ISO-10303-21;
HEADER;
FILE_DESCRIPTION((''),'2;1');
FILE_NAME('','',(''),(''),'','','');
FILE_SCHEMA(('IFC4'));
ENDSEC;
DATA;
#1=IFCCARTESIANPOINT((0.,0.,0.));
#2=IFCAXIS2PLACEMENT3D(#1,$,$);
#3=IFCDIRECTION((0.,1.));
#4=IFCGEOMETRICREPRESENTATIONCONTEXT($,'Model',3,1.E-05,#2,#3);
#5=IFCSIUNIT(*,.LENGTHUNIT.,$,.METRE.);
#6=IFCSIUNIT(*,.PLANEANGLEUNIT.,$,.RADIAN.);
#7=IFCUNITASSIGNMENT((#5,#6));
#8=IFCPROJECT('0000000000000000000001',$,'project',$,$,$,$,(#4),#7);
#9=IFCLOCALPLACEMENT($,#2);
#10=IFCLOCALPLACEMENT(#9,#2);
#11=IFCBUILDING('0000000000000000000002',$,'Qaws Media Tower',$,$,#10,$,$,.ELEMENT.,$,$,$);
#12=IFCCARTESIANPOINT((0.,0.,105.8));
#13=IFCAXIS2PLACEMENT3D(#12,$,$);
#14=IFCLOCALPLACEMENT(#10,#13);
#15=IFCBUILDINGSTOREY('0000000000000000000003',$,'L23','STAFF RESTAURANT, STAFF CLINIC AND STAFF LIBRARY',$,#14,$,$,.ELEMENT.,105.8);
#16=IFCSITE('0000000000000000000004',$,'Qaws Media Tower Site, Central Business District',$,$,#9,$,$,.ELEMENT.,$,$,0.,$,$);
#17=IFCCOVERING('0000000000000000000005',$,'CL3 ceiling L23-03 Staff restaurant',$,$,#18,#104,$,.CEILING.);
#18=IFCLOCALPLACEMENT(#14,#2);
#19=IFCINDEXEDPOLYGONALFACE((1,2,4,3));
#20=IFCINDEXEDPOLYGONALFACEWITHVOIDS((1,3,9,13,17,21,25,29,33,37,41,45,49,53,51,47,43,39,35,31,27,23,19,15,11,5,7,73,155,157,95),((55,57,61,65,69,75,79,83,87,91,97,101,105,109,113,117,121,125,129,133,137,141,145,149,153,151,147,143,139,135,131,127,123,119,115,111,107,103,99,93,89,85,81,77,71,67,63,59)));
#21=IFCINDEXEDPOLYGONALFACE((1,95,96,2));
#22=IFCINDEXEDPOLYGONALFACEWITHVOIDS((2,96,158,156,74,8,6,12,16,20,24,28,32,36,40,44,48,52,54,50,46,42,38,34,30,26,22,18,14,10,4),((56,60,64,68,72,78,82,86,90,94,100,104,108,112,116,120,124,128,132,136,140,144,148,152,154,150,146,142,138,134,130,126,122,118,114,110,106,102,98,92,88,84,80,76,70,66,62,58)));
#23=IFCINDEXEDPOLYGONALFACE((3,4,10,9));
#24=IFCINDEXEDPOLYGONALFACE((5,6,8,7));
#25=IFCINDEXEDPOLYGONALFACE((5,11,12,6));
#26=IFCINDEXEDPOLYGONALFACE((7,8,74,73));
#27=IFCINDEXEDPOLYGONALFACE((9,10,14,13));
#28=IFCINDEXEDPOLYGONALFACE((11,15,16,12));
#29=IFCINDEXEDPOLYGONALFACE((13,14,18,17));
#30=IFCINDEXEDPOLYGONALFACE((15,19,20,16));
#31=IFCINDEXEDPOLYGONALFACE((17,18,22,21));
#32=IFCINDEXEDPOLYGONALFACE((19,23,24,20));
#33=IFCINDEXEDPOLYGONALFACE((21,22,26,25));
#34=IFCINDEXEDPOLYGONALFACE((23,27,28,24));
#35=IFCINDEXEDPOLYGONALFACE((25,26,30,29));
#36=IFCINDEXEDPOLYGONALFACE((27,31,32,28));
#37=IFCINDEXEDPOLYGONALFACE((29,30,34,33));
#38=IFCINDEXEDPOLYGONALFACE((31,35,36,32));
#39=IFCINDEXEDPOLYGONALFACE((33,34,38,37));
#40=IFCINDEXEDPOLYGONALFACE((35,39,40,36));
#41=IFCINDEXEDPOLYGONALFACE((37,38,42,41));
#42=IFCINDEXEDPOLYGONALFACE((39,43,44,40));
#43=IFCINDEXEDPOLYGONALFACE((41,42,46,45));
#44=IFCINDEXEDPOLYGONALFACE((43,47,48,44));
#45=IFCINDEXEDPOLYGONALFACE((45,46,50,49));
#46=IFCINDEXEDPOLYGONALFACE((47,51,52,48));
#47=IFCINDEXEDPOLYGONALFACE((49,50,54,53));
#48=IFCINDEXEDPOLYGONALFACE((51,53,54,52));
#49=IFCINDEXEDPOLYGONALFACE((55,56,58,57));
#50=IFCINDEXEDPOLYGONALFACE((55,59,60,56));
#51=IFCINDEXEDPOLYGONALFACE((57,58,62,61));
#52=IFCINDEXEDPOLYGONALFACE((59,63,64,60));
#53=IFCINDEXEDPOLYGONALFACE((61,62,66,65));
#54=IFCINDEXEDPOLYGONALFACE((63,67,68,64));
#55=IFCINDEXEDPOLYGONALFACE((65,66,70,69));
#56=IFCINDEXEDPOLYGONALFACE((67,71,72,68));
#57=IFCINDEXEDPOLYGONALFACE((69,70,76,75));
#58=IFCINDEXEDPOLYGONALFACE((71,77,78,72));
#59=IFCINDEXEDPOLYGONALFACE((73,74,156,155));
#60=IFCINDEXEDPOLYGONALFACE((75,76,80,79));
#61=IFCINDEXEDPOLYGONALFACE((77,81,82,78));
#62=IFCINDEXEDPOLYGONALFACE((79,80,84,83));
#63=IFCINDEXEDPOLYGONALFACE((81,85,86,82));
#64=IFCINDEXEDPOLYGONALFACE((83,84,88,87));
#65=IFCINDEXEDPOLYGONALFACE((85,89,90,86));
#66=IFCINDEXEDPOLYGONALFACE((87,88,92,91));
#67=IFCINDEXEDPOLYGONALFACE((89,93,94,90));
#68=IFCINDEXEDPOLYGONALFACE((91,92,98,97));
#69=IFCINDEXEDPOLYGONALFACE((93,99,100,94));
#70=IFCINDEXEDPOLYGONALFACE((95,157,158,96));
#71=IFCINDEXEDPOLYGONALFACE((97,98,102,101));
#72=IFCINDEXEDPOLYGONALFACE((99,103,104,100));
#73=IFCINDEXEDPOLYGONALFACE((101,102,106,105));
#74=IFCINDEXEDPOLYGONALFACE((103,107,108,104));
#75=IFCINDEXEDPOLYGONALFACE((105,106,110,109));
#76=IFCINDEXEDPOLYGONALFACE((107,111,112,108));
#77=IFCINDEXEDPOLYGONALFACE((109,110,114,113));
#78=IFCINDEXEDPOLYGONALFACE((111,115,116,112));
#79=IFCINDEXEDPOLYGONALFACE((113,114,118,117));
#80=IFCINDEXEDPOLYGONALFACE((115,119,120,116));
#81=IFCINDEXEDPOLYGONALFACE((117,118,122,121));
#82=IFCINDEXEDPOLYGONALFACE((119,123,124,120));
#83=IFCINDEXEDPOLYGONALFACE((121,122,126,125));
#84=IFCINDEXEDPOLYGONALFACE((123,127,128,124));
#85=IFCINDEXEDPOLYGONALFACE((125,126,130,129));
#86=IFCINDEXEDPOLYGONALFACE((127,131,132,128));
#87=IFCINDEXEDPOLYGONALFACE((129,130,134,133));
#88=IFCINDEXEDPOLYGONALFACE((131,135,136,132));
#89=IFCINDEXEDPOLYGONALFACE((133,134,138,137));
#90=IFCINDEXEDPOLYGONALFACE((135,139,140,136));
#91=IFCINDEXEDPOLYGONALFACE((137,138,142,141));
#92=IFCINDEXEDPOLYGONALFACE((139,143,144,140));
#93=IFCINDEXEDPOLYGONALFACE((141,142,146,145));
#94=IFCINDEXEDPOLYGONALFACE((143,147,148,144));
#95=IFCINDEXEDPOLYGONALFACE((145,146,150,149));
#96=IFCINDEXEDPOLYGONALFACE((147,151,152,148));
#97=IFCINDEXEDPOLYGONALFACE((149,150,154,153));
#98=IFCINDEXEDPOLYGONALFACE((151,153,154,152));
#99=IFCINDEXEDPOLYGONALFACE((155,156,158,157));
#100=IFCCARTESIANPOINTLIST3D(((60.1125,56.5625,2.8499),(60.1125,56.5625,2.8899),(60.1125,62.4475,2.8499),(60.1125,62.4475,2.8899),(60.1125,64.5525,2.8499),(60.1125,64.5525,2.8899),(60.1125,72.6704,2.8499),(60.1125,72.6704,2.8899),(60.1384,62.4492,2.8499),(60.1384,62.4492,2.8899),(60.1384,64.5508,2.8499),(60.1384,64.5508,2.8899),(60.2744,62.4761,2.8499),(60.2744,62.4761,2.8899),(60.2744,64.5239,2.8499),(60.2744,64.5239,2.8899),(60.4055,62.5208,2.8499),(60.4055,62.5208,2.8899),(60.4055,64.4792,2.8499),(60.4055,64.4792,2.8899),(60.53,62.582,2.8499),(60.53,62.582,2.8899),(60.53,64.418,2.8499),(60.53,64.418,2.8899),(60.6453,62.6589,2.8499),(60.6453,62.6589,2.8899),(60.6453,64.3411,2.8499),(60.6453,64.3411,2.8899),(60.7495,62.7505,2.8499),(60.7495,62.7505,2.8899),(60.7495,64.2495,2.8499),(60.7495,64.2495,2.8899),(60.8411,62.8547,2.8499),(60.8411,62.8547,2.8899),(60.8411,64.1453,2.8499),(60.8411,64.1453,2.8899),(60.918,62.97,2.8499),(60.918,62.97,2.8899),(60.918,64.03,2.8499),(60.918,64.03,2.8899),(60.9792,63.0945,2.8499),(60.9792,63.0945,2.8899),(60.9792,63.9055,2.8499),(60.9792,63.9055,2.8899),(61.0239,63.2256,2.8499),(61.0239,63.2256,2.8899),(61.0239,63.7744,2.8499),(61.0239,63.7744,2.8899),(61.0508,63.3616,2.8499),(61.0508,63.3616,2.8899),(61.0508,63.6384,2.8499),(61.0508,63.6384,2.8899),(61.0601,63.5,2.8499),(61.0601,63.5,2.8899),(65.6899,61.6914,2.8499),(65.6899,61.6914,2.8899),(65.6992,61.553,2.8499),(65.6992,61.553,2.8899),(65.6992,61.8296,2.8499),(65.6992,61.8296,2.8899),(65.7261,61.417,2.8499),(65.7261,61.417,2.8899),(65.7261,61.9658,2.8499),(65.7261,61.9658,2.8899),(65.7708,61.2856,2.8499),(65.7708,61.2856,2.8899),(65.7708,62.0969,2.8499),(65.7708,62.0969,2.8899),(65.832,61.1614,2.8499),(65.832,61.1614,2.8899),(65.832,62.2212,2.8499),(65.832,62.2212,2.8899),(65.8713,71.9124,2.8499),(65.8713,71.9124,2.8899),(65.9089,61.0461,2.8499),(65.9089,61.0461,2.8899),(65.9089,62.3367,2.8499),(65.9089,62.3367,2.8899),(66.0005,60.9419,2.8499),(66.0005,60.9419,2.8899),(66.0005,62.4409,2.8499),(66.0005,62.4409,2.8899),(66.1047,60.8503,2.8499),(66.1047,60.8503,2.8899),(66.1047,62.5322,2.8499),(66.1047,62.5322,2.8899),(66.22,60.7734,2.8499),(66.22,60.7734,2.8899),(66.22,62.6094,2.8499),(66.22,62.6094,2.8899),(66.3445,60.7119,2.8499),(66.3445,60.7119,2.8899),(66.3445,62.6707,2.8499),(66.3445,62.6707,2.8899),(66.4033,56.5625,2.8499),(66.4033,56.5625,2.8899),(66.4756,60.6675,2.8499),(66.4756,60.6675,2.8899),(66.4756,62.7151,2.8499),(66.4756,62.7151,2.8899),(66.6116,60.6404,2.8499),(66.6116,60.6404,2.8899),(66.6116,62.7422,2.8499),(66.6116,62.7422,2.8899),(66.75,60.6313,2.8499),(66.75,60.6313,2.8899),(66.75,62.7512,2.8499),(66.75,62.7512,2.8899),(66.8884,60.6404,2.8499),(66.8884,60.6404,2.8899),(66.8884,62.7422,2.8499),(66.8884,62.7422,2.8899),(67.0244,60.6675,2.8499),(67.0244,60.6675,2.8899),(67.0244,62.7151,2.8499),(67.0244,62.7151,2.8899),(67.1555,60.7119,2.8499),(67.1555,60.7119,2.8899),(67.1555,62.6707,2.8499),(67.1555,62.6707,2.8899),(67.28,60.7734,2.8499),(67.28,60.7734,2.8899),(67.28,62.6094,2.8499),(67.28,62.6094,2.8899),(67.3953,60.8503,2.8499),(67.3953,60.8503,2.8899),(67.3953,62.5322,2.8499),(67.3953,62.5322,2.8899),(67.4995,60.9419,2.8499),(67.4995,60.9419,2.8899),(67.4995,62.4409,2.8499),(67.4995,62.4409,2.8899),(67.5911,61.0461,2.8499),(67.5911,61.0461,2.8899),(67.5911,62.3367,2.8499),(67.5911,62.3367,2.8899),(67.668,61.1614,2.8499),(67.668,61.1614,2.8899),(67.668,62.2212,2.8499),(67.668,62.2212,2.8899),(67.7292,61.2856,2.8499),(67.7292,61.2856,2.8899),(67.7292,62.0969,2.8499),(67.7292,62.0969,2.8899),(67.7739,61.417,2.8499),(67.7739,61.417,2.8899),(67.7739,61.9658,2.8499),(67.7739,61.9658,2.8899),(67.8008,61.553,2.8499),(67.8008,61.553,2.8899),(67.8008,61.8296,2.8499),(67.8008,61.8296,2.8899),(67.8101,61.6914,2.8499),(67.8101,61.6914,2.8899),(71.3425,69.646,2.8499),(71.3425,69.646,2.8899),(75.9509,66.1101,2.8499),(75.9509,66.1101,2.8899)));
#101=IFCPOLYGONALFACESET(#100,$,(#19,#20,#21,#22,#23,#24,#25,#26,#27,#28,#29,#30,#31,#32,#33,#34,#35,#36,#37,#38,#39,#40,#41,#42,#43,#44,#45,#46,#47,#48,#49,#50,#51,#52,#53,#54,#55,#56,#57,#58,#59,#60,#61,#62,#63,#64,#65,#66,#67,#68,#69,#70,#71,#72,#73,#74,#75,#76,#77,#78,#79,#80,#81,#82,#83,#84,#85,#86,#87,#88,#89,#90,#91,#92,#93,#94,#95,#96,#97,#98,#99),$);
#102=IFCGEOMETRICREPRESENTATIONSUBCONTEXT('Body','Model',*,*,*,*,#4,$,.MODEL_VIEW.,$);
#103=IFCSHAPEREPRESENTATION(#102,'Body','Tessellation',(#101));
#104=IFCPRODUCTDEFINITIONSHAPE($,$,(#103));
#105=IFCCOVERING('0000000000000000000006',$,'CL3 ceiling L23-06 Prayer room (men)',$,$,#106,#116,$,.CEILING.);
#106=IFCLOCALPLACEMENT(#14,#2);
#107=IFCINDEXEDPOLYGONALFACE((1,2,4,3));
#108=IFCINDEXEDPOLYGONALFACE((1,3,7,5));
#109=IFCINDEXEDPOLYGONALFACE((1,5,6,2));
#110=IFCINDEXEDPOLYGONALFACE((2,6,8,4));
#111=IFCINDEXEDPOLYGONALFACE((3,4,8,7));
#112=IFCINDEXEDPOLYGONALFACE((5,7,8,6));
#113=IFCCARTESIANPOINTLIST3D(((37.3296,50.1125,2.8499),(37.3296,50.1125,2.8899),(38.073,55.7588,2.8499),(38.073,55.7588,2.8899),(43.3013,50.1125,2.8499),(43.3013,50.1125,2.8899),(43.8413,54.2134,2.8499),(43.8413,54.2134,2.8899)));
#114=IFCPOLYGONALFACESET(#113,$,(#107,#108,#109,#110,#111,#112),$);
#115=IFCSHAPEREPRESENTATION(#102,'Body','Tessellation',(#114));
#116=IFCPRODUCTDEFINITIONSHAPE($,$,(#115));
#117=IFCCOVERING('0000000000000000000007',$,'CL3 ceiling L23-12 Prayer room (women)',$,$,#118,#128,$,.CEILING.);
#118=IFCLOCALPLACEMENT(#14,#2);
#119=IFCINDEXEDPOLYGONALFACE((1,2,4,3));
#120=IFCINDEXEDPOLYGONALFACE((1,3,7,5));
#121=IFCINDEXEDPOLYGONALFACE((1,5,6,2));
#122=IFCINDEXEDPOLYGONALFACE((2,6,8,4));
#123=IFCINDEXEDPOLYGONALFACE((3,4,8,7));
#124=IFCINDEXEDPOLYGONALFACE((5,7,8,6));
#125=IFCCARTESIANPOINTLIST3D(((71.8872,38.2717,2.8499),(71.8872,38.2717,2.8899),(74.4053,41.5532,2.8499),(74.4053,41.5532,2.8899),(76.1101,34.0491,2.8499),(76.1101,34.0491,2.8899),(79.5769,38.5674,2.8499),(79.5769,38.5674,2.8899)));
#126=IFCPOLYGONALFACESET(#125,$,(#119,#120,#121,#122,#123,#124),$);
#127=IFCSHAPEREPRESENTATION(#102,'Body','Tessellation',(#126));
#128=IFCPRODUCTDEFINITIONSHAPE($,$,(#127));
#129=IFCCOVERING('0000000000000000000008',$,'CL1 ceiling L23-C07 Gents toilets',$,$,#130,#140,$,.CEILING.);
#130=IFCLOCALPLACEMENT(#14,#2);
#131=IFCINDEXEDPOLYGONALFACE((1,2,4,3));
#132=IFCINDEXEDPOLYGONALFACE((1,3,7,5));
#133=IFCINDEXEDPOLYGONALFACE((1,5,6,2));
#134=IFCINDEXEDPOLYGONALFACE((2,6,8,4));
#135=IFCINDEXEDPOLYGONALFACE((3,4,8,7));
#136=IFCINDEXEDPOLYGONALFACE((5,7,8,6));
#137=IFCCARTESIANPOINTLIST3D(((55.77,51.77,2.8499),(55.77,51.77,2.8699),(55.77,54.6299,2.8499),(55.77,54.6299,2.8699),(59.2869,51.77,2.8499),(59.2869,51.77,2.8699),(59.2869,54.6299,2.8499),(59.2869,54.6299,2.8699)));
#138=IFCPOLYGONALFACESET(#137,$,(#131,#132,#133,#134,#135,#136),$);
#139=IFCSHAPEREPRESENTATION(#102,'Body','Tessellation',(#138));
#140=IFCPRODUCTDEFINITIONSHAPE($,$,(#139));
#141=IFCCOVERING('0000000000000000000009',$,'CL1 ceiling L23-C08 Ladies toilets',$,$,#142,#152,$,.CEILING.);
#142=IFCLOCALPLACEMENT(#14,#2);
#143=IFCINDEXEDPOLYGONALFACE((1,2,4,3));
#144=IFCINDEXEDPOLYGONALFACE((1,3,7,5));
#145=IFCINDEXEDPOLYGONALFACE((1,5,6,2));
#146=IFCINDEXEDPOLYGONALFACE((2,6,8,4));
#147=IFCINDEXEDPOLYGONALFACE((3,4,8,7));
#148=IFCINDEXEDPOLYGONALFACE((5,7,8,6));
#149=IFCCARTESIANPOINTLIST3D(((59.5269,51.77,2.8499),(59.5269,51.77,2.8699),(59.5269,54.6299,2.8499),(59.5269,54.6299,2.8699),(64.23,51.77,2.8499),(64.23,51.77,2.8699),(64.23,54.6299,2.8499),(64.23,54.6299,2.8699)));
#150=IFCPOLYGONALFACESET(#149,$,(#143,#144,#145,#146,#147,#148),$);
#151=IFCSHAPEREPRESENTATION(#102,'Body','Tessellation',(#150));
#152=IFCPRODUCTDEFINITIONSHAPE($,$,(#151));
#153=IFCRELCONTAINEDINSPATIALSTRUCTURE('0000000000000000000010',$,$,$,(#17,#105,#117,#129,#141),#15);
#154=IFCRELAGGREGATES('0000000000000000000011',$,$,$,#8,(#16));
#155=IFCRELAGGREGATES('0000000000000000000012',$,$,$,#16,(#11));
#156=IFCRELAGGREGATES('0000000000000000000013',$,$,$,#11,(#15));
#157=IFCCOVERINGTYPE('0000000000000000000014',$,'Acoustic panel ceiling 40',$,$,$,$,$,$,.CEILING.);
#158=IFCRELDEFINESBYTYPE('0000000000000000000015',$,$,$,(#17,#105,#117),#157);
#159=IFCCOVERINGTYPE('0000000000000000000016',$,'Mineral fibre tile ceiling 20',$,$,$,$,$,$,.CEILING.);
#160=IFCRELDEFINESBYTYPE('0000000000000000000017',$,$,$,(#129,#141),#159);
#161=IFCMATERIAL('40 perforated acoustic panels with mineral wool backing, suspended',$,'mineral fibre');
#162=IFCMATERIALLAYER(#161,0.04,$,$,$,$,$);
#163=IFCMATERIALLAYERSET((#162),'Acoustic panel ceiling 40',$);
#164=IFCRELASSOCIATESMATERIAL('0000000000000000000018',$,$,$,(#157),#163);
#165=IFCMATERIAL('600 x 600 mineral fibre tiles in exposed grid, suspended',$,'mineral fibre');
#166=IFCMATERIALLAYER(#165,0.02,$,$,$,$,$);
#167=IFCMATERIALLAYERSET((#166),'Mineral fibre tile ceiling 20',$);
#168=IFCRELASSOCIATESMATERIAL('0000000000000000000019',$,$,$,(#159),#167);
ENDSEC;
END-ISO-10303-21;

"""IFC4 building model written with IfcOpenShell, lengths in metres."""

from ifc_helpers import new_model, si_unit, direction, frame, origin, place, context, subcontext, project, spatial, polyline, outline, extrude, material, layer, layer_set, type_object, element, save


model = new_model("IFC4")

# Units and contexts
model_context = context("Model", 3, precision=1e-05, world=origin(), true_north=direction((0.0, 1.0)))
body_context = subcontext(model_context, "Body", "Model", "MODEL_VIEW")
ifc_project = project(units=[si_unit("LENGTHUNIT", "METRE"), si_unit("PLANEANGLEUNIT", "RADIAN")], contexts=[model_context])

# Site, building, storey
site_placement = place(None, origin())
site = spatial("IfcSite", under=ifc_project, at=site_placement, Name="Qaws Media Tower Site, Central Business District", CompositionType="ELEMENT", RefElevation=0.0)
building_placement = place(site_placement, origin())
building = spatial("IfcBuilding", under=site, at=building_placement, Name="Qaws Media Tower", CompositionType="ELEMENT")
storey_placement = place(building_placement, frame((0.0, 0.0, 105.8)))
storey = spatial("IfcBuildingStorey", under=building, at=storey_placement, Name="L23", Description="STAFF RESTAURANT, STAFF CLINIC AND STAFF LIBRARY", CompositionType="ELEMENT", Elevation=105.8)

# Coverings
ifc_material_1 = material(Name="40 perforated acoustic panels with mineral wool backing, suspended", Category="mineral fibre")
ifc_layer_1 = layer(ifc_material_1, 0.04)
ifc_layer_set_1 = layer_set([ifc_layer_1], Name="Acoustic panel ceiling 40")
covering_type_1 = type_object("IfcCoveringType", Name="Acoustic panel ceiling 40", PredefinedType="CEILING", material=ifc_layer_set_1)
covering_1_placement = place(storey_placement, frame((0.0, 0.0, 2.8499)))
element("IfcCovering", 1, at=covering_1_placement, inside=storey, type_object=covering_type_1, Name="CL3 ceiling L23-03 Staff restaurant", PredefinedType="CEILING", context=body_context, shape_type="SweptSolid", body=[
    extrude(outline(polyline([(65.8713, 71.9124), (71.3425, 69.646), (75.9509, 66.1101), (66.4033, 56.5625), (60.1125, 56.5625), (60.1125, 62.4475), (60.1384, 62.4492), (60.2744, 62.4761), (60.4055, 62.5208), (60.53, 62.582), (60.6453, 62.6589), (60.7495, 62.7505), (60.8411, 62.8547), (60.918, 62.97), (60.9792, 63.0945), (61.0239, 63.2256), (61.0508, 63.3616), (61.0601, 63.5), (61.0508, 63.6384), (61.0239, 63.7744), (60.9792, 63.9055), (60.918, 64.03), (60.8411, 64.1453), (60.7495, 64.2495), (60.6453, 64.3411), (60.53, 64.418), (60.4055, 64.4792), (60.2744, 64.5239), (60.1384, 64.5508), (60.1125, 64.5525), (60.1125, 72.6704), (65.8713, 71.9124)]), holes=[polyline([(67.7292, 61.2856), (67.7739, 61.417), (67.8008, 61.553), (67.8101, 61.6914), (67.8008, 61.8296), (67.7739, 61.9658), (67.7292, 62.0969), (67.668, 62.2212), (67.5911, 62.3367), (67.4995, 62.4409), (67.3953, 62.5322), (67.28, 62.6094), (67.1555, 62.6707), (67.0244, 62.7151), (66.8884, 62.7422), (66.75, 62.7512), (66.6116, 62.7422), (66.4756, 62.7151), (66.3445, 62.6707), (66.22, 62.6094), (66.1047, 62.5322), (66.0005, 62.4409), (65.9089, 62.3367), (65.832, 62.2212), (65.7708, 62.0969), (65.7261, 61.9658), (65.6992, 61.8296), (65.6899, 61.6914), (65.6992, 61.553), (65.7261, 61.417), (65.7708, 61.2856), (65.832, 61.1614), (65.9089, 61.0461), (66.0005, 60.9419), (66.1047, 60.8503), (66.22, 60.7734), (66.3445, 60.7119), (66.4756, 60.6675), (66.6116, 60.6404), (66.75, 60.6313), (66.8884, 60.6404), (67.0244, 60.6675), (67.1555, 60.7119), (67.28, 60.7734), (67.3953, 60.8503), (67.4995, 60.9419), (67.5911, 61.0461), (67.668, 61.1614), (67.7292, 61.2856)])]), origin(), (0.0, 0.0, 1.0), 0.04),
])
covering_2_placement = place(storey_placement, frame((0.0, 0.0, 2.8499)))
element("IfcCovering", 2, at=covering_2_placement, inside=storey, type_object=covering_type_1, Name="CL3 ceiling L23-06 Prayer room (men)", PredefinedType="CEILING", context=body_context, shape_type="SweptSolid", body=[
    extrude(outline(polyline([(38.073, 55.7588), (43.8413, 54.2134), (43.3013, 50.1125), (37.3296, 50.1125), (38.073, 55.7588)])), origin(), (0.0, 0.0, 1.0), 0.04),
])
covering_3_placement = place(storey_placement, frame((0.0, 0.0, 2.8499)))
element("IfcCovering", 3, at=covering_3_placement, inside=storey, type_object=covering_type_1, Name="CL3 ceiling L23-12 Prayer room (women)", PredefinedType="CEILING", context=body_context, shape_type="SweptSolid", body=[
    extrude(outline(polyline([(76.1101, 34.0491), (71.8872, 38.2717), (74.4053, 41.5532), (79.5769, 38.5674), (76.1101, 34.0491)])), origin(), (0.0, 0.0, 1.0), 0.04),
])
ifc_material_2 = material(Name="600 x 600 mineral fibre tiles in exposed grid, suspended", Category="mineral fibre")
ifc_layer_2 = layer(ifc_material_2, 0.02)
ifc_layer_set_2 = layer_set([ifc_layer_2], Name="Mineral fibre tile ceiling 20")
covering_type_2 = type_object("IfcCoveringType", Name="Mineral fibre tile ceiling 20", PredefinedType="CEILING", material=ifc_layer_set_2)
covering_4_placement = place(storey_placement, frame((0.0, 0.0, 2.8499)))
element("IfcCovering", 4, at=covering_4_placement, inside=storey, type_object=covering_type_2, Name="CL1 ceiling L23-C07 Gents toilets", PredefinedType="CEILING", context=body_context, shape_type="SweptSolid", body=[
    extrude(outline(polyline([(55.77, 51.77), (55.77, 54.6299), (59.2869, 54.6299), (59.2869, 51.77), (55.77, 51.77)])), origin(), (0.0, 0.0, 1.0), 0.02),
])
covering_5_placement = place(storey_placement, frame((0.0, 0.0, 2.8499)))
element("IfcCovering", 5, at=covering_5_placement, inside=storey, type_object=covering_type_2, Name="CL1 ceiling L23-C08 Ladies toilets", PredefinedType="CEILING", context=body_context, shape_type="SweptSolid", body=[
    extrude(outline(polyline([(59.5269, 51.77), (59.5269, 54.6299), (64.23, 54.6299), (64.23, 51.77), (59.5269, 51.77)])), origin(), (0.0, 0.0, 1.0), 0.02),
])

save(model, "model.ifc")
